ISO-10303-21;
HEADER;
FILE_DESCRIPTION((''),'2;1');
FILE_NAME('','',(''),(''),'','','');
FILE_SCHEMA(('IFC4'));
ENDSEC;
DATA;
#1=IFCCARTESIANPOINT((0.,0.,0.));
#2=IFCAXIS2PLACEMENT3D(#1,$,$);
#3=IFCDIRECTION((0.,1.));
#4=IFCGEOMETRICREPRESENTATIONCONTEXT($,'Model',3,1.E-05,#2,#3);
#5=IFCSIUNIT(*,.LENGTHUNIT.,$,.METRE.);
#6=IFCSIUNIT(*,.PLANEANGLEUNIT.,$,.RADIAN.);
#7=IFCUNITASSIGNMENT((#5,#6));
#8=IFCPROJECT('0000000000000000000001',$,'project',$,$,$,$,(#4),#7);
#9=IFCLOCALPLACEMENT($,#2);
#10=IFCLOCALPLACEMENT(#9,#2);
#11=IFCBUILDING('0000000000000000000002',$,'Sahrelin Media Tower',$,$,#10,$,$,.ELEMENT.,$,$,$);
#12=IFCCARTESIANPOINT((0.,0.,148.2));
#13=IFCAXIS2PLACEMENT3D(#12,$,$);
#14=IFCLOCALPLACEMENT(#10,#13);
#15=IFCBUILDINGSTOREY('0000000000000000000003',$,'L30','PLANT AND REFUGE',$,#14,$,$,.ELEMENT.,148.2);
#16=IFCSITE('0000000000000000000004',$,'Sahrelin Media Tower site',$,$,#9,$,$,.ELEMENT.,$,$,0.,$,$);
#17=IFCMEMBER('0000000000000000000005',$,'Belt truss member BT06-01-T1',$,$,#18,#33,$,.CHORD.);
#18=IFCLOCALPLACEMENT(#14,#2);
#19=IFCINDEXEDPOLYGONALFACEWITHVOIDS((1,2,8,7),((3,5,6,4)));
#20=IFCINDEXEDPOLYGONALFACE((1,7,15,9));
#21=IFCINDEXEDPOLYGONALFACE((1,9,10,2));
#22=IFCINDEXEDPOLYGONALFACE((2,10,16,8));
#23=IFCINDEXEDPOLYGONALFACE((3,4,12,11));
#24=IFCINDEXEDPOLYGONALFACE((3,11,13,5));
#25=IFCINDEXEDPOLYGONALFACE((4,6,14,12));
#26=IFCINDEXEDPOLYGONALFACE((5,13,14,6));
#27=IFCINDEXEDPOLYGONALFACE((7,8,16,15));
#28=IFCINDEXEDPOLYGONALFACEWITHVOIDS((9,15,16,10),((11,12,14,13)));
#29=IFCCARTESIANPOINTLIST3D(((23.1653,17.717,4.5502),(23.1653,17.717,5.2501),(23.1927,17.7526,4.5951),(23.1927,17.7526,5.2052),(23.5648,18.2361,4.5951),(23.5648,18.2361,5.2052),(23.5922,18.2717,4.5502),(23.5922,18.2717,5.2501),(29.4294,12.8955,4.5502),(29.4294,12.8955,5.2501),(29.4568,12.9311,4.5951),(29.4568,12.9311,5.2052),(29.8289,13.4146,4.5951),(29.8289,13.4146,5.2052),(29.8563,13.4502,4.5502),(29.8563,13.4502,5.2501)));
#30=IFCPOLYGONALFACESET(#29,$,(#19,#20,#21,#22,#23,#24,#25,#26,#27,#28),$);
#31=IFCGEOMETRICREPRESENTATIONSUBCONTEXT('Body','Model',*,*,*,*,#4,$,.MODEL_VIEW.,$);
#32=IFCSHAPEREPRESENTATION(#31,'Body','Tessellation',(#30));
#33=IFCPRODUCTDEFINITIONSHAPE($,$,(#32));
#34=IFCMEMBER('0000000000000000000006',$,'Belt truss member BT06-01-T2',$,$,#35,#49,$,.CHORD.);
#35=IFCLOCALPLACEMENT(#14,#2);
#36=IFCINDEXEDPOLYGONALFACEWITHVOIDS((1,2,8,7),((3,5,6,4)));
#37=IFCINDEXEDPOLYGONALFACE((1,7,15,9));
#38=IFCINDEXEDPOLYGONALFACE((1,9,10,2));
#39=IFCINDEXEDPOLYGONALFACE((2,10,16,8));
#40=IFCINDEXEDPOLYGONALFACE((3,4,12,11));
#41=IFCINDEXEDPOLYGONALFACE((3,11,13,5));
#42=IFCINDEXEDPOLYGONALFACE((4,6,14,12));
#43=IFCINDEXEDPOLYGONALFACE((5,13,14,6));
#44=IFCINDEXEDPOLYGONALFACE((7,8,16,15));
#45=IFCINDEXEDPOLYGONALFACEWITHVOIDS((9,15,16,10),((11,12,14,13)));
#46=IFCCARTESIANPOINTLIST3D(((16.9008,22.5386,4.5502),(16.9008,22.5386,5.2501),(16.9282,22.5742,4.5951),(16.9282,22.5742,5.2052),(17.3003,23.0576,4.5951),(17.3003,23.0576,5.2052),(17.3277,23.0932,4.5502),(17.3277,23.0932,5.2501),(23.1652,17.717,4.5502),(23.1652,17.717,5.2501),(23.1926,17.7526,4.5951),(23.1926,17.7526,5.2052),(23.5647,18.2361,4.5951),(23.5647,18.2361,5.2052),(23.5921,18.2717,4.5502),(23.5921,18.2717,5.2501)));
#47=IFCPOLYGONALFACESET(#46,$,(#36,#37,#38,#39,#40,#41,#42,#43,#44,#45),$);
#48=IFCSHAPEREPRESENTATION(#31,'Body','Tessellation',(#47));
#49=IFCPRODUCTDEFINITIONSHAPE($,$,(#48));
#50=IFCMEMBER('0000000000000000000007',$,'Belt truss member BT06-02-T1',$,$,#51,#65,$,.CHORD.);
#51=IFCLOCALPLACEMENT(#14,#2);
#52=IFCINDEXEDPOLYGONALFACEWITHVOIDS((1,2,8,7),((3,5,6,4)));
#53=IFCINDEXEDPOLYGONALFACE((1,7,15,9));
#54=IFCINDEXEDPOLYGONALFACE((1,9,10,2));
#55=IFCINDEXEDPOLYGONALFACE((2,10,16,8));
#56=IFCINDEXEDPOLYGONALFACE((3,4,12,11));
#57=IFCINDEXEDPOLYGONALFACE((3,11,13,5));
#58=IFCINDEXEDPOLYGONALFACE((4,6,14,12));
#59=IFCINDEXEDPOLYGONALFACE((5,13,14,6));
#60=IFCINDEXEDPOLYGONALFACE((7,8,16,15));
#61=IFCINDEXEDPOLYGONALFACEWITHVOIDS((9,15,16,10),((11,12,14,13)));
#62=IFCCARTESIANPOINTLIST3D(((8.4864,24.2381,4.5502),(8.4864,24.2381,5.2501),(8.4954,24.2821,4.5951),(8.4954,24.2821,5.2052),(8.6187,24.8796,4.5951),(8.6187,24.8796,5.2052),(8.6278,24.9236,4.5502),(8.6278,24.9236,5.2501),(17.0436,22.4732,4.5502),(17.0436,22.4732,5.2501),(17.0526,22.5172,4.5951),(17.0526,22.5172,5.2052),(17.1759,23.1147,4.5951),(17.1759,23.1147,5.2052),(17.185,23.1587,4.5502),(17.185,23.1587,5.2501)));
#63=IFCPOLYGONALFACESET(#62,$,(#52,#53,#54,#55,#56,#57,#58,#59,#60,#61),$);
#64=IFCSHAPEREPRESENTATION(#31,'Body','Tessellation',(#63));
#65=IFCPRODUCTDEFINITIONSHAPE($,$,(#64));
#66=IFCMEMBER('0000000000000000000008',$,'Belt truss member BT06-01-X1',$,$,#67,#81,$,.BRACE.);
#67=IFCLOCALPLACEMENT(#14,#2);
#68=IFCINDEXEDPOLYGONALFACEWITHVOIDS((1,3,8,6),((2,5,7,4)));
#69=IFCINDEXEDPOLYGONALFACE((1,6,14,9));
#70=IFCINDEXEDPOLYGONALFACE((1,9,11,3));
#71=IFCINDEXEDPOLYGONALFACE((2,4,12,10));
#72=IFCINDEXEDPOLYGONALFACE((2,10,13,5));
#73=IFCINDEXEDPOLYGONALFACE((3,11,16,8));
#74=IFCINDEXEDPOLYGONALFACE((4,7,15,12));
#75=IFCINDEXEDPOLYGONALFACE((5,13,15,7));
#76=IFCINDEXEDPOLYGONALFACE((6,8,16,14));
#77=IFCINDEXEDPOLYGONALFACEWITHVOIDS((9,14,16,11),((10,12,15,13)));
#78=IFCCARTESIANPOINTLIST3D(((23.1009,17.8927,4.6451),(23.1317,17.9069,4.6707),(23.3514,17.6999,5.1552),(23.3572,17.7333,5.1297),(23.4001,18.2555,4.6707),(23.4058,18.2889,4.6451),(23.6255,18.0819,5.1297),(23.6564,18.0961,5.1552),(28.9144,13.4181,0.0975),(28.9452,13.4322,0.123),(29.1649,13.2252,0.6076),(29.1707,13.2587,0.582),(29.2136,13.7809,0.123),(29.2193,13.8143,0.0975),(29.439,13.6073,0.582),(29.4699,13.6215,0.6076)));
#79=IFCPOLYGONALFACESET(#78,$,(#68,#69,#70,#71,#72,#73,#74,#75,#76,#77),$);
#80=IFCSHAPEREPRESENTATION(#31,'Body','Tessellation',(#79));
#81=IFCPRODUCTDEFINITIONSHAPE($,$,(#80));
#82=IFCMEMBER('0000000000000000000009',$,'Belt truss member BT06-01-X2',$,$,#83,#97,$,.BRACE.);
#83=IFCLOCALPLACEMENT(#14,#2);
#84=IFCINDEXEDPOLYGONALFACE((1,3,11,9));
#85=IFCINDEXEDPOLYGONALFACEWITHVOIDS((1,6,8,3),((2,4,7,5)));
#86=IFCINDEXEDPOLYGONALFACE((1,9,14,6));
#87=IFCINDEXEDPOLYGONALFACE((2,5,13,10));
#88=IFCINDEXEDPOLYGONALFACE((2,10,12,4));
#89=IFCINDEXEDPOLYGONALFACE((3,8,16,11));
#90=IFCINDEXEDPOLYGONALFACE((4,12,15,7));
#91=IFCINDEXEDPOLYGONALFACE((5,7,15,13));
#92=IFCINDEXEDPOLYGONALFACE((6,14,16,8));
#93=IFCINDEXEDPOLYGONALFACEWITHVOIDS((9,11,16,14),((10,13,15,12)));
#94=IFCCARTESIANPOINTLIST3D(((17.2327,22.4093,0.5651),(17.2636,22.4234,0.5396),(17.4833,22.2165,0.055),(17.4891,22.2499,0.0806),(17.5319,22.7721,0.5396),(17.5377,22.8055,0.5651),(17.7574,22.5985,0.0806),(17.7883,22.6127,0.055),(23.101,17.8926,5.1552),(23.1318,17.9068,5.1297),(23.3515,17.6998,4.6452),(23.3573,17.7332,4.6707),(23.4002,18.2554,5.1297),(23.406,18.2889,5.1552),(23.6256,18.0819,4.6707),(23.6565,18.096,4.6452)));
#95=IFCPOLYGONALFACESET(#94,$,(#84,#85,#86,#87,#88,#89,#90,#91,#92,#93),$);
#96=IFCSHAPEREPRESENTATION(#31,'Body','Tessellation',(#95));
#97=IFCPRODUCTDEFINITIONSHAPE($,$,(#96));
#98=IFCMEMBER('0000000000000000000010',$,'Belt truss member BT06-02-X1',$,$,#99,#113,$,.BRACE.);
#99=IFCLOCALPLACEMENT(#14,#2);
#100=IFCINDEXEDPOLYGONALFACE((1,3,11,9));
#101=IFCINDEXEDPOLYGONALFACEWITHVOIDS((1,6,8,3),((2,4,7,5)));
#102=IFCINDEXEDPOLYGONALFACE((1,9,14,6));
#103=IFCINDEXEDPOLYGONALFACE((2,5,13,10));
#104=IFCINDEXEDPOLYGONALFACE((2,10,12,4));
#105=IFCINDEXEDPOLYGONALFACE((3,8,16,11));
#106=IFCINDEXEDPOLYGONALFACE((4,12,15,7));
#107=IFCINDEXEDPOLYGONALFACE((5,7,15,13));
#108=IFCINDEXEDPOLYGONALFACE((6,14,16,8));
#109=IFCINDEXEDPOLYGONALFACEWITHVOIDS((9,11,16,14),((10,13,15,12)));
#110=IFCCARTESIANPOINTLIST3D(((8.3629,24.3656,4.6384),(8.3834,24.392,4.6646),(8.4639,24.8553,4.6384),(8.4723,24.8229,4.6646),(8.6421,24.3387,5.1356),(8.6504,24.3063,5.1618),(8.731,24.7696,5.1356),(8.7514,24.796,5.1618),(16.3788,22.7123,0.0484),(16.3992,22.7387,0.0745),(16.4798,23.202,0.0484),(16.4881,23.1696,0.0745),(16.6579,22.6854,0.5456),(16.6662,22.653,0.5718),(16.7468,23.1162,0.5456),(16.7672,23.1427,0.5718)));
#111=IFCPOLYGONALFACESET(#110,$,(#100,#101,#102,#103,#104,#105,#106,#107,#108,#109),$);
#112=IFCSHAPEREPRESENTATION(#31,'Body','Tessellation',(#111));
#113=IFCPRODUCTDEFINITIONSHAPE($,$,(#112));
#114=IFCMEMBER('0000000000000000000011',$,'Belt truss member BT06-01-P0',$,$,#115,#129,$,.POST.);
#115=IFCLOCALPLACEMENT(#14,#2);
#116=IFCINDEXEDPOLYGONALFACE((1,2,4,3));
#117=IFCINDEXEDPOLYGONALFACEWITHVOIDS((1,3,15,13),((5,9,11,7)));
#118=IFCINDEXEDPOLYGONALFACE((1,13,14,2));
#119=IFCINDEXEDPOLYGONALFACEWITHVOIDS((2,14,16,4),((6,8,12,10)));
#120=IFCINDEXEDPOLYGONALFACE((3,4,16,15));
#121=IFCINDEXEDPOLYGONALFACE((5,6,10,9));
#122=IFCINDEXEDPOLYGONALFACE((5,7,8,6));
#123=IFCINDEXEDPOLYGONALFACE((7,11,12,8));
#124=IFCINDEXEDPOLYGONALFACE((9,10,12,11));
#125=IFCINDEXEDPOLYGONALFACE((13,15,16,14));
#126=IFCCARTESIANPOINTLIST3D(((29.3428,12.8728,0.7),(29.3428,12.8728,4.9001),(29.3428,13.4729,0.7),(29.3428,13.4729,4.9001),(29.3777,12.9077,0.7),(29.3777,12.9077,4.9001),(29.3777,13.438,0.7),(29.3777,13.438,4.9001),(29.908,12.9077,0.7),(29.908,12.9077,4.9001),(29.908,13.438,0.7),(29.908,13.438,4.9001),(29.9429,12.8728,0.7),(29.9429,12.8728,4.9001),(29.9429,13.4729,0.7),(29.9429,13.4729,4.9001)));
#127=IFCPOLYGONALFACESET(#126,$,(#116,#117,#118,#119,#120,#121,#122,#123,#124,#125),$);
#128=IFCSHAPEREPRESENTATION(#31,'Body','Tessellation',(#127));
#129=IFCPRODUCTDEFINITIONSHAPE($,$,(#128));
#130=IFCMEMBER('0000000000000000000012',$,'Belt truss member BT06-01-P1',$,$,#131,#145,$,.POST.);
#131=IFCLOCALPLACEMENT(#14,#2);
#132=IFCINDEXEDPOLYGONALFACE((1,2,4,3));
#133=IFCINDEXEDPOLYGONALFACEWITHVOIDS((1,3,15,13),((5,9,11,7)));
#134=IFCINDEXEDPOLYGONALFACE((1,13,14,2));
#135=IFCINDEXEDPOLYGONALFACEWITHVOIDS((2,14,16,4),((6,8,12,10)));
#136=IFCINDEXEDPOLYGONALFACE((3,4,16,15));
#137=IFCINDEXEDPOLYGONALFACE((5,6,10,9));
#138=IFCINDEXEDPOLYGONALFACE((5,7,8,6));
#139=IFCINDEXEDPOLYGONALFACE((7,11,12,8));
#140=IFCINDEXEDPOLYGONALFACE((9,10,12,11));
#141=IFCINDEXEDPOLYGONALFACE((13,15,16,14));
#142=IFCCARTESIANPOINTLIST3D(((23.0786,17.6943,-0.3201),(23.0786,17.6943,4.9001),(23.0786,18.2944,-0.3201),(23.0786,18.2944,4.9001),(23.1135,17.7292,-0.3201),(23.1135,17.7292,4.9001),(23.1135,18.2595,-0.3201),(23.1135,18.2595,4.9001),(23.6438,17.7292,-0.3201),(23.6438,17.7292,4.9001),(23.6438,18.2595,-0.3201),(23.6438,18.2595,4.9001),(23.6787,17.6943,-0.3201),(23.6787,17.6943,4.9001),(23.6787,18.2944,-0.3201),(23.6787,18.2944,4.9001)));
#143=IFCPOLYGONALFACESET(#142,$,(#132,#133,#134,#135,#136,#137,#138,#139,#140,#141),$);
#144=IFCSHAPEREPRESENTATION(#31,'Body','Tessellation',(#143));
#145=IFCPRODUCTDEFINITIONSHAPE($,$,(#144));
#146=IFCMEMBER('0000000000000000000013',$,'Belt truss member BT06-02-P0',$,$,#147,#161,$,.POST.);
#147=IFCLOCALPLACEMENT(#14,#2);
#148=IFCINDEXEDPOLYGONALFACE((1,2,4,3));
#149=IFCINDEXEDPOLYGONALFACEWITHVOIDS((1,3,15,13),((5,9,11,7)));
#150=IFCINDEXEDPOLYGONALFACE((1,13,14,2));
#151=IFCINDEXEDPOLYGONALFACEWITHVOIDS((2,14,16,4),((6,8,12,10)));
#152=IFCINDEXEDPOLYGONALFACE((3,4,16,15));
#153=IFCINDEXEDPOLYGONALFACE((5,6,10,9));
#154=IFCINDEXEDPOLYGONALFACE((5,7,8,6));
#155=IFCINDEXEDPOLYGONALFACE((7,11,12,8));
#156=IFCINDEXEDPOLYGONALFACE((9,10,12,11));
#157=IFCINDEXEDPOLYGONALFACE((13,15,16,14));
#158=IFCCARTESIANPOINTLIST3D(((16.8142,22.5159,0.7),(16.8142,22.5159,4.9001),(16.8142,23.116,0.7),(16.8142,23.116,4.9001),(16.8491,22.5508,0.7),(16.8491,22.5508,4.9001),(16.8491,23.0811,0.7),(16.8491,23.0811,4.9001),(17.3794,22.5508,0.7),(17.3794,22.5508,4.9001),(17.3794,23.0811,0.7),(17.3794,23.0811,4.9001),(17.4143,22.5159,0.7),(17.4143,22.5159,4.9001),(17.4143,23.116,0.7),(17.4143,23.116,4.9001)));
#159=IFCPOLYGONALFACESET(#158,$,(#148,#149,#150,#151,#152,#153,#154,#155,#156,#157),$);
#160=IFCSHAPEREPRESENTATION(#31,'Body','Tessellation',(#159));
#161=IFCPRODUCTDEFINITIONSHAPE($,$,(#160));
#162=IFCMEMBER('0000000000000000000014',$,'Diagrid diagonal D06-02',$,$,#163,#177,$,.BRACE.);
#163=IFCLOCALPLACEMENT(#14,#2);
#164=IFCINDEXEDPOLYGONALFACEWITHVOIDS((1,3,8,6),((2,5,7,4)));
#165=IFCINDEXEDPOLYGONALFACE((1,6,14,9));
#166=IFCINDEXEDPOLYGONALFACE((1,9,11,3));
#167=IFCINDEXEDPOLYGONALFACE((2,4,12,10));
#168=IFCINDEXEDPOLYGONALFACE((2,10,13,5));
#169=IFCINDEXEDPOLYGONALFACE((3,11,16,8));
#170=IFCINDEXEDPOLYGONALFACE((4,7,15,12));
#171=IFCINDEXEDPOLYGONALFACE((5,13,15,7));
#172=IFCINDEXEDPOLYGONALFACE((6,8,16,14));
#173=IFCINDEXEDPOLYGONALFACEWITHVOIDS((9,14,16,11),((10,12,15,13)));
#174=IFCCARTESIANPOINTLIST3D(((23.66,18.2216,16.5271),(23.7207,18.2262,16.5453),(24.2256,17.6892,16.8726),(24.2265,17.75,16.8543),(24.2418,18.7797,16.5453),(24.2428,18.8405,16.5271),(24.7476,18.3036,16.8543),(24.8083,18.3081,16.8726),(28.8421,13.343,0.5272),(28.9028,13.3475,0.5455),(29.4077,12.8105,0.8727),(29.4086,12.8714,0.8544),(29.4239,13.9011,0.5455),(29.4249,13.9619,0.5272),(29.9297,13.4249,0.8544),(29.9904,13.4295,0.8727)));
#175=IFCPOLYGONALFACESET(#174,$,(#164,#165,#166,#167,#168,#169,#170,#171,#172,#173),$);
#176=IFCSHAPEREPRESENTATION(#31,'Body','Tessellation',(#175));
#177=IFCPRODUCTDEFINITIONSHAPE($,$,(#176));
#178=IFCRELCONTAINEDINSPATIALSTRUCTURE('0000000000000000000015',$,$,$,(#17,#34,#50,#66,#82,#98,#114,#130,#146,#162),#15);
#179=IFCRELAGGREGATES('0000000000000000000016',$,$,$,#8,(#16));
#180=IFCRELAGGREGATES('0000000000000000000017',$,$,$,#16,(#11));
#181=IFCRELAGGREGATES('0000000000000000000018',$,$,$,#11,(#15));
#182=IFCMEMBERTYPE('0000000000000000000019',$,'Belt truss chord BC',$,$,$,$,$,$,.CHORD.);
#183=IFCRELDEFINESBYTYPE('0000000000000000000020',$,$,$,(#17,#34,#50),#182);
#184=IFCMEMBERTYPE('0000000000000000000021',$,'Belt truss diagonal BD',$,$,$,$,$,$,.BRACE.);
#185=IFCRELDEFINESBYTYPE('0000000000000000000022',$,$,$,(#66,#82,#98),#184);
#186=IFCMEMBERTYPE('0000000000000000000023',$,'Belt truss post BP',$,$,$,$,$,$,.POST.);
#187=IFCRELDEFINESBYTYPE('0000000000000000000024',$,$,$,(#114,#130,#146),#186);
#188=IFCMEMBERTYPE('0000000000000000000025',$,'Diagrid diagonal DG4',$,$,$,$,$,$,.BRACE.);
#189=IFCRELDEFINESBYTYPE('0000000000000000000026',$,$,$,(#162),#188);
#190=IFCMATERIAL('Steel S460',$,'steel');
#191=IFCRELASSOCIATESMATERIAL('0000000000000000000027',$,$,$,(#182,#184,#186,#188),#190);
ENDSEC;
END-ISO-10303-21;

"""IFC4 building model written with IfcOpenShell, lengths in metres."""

from ifc_helpers import new_model, si_unit, direction, frame, origin, origin_2d, place, context, subcontext, project, spatial, hollow_rectangle, extrude, material, material_profile, profile_set, type_object, element, save


model = new_model("IFC4")

# Units and contexts
model_context = context("Model", 3, precision=1e-05, world=origin(), true_north=direction((0.0, 1.0)))
body_context = subcontext(model_context, "Body", "Model", "MODEL_VIEW")
ifc_project = project(units=[si_unit("LENGTHUNIT", "METRE"), si_unit("PLANEANGLEUNIT", "RADIAN")], contexts=[model_context])

# Site, building, storey
site_placement = place(None, origin())
site = spatial("IfcSite", under=ifc_project, at=site_placement, Name="Sahrelin Media Tower site", CompositionType="ELEMENT", RefElevation=0.0)
building_placement = place(site_placement, origin())
building = spatial("IfcBuilding", under=site, at=building_placement, Name="Sahrelin Media Tower", CompositionType="ELEMENT")
storey_placement = place(building_placement, frame((0.0, 0.0, 148.2)))
storey = spatial("IfcBuildingStorey", under=building, at=storey_placement, Name="L30", Description="PLANT AND REFUGE", CompositionType="ELEMENT", Elevation=148.2)

# Members
ifc_material_1 = material(Name="Steel S460", Category="steel")
ifc_material_profile_1 = material_profile(ifc_material_1, hollow_rectangle(XDim=0.7, YDim=0.7, WallThickness=0.0449, at=origin_2d()), Name="Belt truss chord BC")
ifc_profile_set_1 = profile_set([ifc_material_profile_1], Name="Steel S460")
member_type_1 = type_object("IfcMemberType", Name="Belt truss chord BC", PredefinedType="CHORD", material=ifc_profile_set_1)
member_1_placement = place(storey_placement, frame((29.6428, 13.1729, 4.9001), z_axis=(-0.792444, 0.609945, 0.0), x_axis=(-0.609945, -0.792444, 0.0)))
element("IfcMember", 1, at=member_1_placement, inside=storey, type_object=member_type_1, Name="Belt truss member BT06-01-T1", PredefinedType="CHORD", context=body_context, shape_type="SweptSolid", body=[
    extrude(hollow_rectangle(XDim=0.7, YDim=0.7, WallThickness=0.0449, at=origin_2d()), origin(), (0.0, 0.0, 1.0), 7.9048),
])
member_2_placement = place(storey_placement, frame((23.3787, 17.9944, 4.9001), z_axis=(-0.792455, 0.60993, 0.0), x_axis=(-0.60993, -0.792455, 0.0)))
element("IfcMember", 2, at=member_2_placement, inside=storey, type_object=member_type_1, Name="Belt truss member BT06-01-T2", PredefinedType="CHORD", context=body_context, shape_type="SweptSolid", body=[
    extrude(hollow_rectangle(XDim=0.7, YDim=0.7, WallThickness=0.0449, at=origin_2d()), origin(), (0.0, 0.0, 1.0), 7.905),
])
member_3_placement = place(storey_placement, frame((17.1143, 22.8159, 4.9001), z_axis=(-0.979386, 0.201997, 0.0), x_axis=(-0.201997, -0.979386, 0.0)))
element("IfcMember", 3, at=member_3_placement, inside=storey, type_object=member_type_1, Name="Belt truss member BT06-02-T1", PredefinedType="CHORD", context=body_context, shape_type="SweptSolid", body=[
    extrude(hollow_rectangle(XDim=0.7, YDim=0.7, WallThickness=0.0449, at=origin_2d()), origin(), (0.0, 0.0, 1.0), 8.7373),
])
ifc_material_profile_2 = material_profile(ifc_material_1, hollow_rectangle(XDim=0.5, YDim=0.6001, WallThickness=0.03, at=origin_2d()), Name="Belt truss diagonal BD")
ifc_profile_set_2 = profile_set([ifc_material_profile_2], Name="Steel S460")
member_type_2 = type_object("IfcMemberType", Name="Belt truss diagonal BD", PredefinedType="BRACE", material=ifc_profile_set_2)
member_4_placement = place(storey_placement, frame((29.1921, 13.5198, 0.3525), z_axis=(-0.673534, 0.518417, 0.526874), x_axis=(-0.609942, -0.792446, 0.0)))
element("IfcMember", 4, at=member_4_placement, inside=storey, type_object=member_type_2, Name="Belt truss member BT06-01-X1", PredefinedType="BRACE", context=body_context, shape_type="SweptSolid", body=[
    extrude(hollow_rectangle(XDim=0.5, YDim=0.6001, WallThickness=0.03, at=origin_2d()), origin(), (0.0, 0.0, 1.0), 8.6313),
])
member_5_placement = place(storey_placement, frame((17.5105, 22.511, 0.3101), z_axis=(0.67355, -0.518417, 0.526852), x_axis=(0.609934, 0.792452, 0.0)))
element("IfcMember", 5, at=member_5_placement, inside=storey, type_object=member_type_2, Name="Belt truss member BT06-01-X2", PredefinedType="BRACE", context=body_context, shape_type="SweptSolid", body=[
    extrude(hollow_rectangle(XDim=0.5, YDim=0.6001, WallThickness=0.03, at=origin_2d()), origin(), (0.0, 0.0, 1.0), 8.7124),
])
member_6_placement = place(storey_placement, frame((16.573, 22.9275, 0.3101), z_axis=(-0.85422, 0.176188, 0.489148), x_axis=(-0.202004, -0.979385, 0.0)))
element("IfcMember", 6, at=member_6_placement, inside=storey, type_object=member_type_2, Name="Belt truss member BT06-02-X1", PredefinedType="BRACE", context=body_context, shape_type="SweptSolid", body=[
    extrude(hollow_rectangle(XDim=0.5, YDim=0.6001, WallThickness=0.03, at=origin_2d()), origin(), (0.0, 0.0, 1.0), 9.3838),
])
ifc_material_profile_3 = material_profile(ifc_material_1, hollow_rectangle(XDim=0.6001, YDim=0.6001, WallThickness=0.0349, at=origin_2d()), Name="Belt truss post BP")
ifc_profile_set_3 = profile_set([ifc_material_profile_3], Name="Steel S460")
member_type_3 = type_object("IfcMemberType", Name="Belt truss post BP", PredefinedType="POST", material=ifc_profile_set_3)
member_7_placement = place(storey_placement, frame((29.6428, 13.1729, 0.7), z_axis=(0.0, 0.0, 1.0), x_axis=(1.0, 0.0, 0.0)))
element("IfcMember", 7, at=member_7_placement, inside=storey, type_object=member_type_3, Name="Belt truss member BT06-01-P0", PredefinedType="POST", context=body_context, shape_type="SweptSolid", body=[
    extrude(hollow_rectangle(XDim=0.6001, YDim=0.6001, WallThickness=0.0349, at=origin_2d()), origin(), (0.0, 0.0, 1.0), 4.2002),
])
member_8_placement = place(storey_placement, frame((23.3787, 17.9944, -0.3201), z_axis=(0.0, 0.0, 1.0), x_axis=(1.0, 0.0, 0.0)))
element("IfcMember", 8, at=member_8_placement, inside=storey, type_object=member_type_3, Name="Belt truss member BT06-01-P1", PredefinedType="POST", context=body_context, shape_type="SweptSolid", body=[
    extrude(hollow_rectangle(XDim=0.6001, YDim=0.6001, WallThickness=0.0349, at=origin_2d()), origin(), (0.0, 0.0, 1.0), 5.2202),
])
member_9_placement = place(storey_placement, frame((17.1143, 22.8159, 0.7), z_axis=(0.0, 0.0, 1.0), x_axis=(1.0, 0.0, 0.0)))
element("IfcMember", 9, at=member_9_placement, inside=storey, type_object=member_type_3, Name="Belt truss member BT06-02-P0", PredefinedType="POST", context=body_context, shape_type="SweptSolid", body=[
    extrude(hollow_rectangle(XDim=0.6001, YDim=0.6001, WallThickness=0.0349, at=origin_2d()), origin(), (0.0, 0.0, 1.0), 4.2002),
])
ifc_material_profile_4 = material_profile(ifc_material_1, hollow_rectangle(XDim=0.8501, YDim=0.8501, WallThickness=0.0449, at=origin_2d()), Name="Diagrid diagonal DG4")
ifc_profile_set_4 = profile_set([ifc_material_profile_4], Name="Steel S460")
member_type_4 = type_object("IfcMemberType", Name="Diagrid diagonal DG4", PredefinedType="BRACE", material=ifc_profile_set_4)
member_10_placement = place(storey_placement, frame((29.4163, 13.3862, 0.7), z_axis=(-0.295926, 0.278596, 0.913681), x_axis=(-0.685466, -0.728104, 0.0)))
element("IfcMember", 10, at=member_10_placement, inside=storey, type_object=member_type_4, Name="Diagrid diagonal D06-02", PredefinedType="BRACE", context=body_context, shape_type="SweptSolid", body=[
    extrude(hollow_rectangle(XDim=0.8501, YDim=0.8501, WallThickness=0.0449, at=origin_2d()), origin(), (0.0, 0.0, 1.0), 17.5115),
])

save(model, "model.ifc")
